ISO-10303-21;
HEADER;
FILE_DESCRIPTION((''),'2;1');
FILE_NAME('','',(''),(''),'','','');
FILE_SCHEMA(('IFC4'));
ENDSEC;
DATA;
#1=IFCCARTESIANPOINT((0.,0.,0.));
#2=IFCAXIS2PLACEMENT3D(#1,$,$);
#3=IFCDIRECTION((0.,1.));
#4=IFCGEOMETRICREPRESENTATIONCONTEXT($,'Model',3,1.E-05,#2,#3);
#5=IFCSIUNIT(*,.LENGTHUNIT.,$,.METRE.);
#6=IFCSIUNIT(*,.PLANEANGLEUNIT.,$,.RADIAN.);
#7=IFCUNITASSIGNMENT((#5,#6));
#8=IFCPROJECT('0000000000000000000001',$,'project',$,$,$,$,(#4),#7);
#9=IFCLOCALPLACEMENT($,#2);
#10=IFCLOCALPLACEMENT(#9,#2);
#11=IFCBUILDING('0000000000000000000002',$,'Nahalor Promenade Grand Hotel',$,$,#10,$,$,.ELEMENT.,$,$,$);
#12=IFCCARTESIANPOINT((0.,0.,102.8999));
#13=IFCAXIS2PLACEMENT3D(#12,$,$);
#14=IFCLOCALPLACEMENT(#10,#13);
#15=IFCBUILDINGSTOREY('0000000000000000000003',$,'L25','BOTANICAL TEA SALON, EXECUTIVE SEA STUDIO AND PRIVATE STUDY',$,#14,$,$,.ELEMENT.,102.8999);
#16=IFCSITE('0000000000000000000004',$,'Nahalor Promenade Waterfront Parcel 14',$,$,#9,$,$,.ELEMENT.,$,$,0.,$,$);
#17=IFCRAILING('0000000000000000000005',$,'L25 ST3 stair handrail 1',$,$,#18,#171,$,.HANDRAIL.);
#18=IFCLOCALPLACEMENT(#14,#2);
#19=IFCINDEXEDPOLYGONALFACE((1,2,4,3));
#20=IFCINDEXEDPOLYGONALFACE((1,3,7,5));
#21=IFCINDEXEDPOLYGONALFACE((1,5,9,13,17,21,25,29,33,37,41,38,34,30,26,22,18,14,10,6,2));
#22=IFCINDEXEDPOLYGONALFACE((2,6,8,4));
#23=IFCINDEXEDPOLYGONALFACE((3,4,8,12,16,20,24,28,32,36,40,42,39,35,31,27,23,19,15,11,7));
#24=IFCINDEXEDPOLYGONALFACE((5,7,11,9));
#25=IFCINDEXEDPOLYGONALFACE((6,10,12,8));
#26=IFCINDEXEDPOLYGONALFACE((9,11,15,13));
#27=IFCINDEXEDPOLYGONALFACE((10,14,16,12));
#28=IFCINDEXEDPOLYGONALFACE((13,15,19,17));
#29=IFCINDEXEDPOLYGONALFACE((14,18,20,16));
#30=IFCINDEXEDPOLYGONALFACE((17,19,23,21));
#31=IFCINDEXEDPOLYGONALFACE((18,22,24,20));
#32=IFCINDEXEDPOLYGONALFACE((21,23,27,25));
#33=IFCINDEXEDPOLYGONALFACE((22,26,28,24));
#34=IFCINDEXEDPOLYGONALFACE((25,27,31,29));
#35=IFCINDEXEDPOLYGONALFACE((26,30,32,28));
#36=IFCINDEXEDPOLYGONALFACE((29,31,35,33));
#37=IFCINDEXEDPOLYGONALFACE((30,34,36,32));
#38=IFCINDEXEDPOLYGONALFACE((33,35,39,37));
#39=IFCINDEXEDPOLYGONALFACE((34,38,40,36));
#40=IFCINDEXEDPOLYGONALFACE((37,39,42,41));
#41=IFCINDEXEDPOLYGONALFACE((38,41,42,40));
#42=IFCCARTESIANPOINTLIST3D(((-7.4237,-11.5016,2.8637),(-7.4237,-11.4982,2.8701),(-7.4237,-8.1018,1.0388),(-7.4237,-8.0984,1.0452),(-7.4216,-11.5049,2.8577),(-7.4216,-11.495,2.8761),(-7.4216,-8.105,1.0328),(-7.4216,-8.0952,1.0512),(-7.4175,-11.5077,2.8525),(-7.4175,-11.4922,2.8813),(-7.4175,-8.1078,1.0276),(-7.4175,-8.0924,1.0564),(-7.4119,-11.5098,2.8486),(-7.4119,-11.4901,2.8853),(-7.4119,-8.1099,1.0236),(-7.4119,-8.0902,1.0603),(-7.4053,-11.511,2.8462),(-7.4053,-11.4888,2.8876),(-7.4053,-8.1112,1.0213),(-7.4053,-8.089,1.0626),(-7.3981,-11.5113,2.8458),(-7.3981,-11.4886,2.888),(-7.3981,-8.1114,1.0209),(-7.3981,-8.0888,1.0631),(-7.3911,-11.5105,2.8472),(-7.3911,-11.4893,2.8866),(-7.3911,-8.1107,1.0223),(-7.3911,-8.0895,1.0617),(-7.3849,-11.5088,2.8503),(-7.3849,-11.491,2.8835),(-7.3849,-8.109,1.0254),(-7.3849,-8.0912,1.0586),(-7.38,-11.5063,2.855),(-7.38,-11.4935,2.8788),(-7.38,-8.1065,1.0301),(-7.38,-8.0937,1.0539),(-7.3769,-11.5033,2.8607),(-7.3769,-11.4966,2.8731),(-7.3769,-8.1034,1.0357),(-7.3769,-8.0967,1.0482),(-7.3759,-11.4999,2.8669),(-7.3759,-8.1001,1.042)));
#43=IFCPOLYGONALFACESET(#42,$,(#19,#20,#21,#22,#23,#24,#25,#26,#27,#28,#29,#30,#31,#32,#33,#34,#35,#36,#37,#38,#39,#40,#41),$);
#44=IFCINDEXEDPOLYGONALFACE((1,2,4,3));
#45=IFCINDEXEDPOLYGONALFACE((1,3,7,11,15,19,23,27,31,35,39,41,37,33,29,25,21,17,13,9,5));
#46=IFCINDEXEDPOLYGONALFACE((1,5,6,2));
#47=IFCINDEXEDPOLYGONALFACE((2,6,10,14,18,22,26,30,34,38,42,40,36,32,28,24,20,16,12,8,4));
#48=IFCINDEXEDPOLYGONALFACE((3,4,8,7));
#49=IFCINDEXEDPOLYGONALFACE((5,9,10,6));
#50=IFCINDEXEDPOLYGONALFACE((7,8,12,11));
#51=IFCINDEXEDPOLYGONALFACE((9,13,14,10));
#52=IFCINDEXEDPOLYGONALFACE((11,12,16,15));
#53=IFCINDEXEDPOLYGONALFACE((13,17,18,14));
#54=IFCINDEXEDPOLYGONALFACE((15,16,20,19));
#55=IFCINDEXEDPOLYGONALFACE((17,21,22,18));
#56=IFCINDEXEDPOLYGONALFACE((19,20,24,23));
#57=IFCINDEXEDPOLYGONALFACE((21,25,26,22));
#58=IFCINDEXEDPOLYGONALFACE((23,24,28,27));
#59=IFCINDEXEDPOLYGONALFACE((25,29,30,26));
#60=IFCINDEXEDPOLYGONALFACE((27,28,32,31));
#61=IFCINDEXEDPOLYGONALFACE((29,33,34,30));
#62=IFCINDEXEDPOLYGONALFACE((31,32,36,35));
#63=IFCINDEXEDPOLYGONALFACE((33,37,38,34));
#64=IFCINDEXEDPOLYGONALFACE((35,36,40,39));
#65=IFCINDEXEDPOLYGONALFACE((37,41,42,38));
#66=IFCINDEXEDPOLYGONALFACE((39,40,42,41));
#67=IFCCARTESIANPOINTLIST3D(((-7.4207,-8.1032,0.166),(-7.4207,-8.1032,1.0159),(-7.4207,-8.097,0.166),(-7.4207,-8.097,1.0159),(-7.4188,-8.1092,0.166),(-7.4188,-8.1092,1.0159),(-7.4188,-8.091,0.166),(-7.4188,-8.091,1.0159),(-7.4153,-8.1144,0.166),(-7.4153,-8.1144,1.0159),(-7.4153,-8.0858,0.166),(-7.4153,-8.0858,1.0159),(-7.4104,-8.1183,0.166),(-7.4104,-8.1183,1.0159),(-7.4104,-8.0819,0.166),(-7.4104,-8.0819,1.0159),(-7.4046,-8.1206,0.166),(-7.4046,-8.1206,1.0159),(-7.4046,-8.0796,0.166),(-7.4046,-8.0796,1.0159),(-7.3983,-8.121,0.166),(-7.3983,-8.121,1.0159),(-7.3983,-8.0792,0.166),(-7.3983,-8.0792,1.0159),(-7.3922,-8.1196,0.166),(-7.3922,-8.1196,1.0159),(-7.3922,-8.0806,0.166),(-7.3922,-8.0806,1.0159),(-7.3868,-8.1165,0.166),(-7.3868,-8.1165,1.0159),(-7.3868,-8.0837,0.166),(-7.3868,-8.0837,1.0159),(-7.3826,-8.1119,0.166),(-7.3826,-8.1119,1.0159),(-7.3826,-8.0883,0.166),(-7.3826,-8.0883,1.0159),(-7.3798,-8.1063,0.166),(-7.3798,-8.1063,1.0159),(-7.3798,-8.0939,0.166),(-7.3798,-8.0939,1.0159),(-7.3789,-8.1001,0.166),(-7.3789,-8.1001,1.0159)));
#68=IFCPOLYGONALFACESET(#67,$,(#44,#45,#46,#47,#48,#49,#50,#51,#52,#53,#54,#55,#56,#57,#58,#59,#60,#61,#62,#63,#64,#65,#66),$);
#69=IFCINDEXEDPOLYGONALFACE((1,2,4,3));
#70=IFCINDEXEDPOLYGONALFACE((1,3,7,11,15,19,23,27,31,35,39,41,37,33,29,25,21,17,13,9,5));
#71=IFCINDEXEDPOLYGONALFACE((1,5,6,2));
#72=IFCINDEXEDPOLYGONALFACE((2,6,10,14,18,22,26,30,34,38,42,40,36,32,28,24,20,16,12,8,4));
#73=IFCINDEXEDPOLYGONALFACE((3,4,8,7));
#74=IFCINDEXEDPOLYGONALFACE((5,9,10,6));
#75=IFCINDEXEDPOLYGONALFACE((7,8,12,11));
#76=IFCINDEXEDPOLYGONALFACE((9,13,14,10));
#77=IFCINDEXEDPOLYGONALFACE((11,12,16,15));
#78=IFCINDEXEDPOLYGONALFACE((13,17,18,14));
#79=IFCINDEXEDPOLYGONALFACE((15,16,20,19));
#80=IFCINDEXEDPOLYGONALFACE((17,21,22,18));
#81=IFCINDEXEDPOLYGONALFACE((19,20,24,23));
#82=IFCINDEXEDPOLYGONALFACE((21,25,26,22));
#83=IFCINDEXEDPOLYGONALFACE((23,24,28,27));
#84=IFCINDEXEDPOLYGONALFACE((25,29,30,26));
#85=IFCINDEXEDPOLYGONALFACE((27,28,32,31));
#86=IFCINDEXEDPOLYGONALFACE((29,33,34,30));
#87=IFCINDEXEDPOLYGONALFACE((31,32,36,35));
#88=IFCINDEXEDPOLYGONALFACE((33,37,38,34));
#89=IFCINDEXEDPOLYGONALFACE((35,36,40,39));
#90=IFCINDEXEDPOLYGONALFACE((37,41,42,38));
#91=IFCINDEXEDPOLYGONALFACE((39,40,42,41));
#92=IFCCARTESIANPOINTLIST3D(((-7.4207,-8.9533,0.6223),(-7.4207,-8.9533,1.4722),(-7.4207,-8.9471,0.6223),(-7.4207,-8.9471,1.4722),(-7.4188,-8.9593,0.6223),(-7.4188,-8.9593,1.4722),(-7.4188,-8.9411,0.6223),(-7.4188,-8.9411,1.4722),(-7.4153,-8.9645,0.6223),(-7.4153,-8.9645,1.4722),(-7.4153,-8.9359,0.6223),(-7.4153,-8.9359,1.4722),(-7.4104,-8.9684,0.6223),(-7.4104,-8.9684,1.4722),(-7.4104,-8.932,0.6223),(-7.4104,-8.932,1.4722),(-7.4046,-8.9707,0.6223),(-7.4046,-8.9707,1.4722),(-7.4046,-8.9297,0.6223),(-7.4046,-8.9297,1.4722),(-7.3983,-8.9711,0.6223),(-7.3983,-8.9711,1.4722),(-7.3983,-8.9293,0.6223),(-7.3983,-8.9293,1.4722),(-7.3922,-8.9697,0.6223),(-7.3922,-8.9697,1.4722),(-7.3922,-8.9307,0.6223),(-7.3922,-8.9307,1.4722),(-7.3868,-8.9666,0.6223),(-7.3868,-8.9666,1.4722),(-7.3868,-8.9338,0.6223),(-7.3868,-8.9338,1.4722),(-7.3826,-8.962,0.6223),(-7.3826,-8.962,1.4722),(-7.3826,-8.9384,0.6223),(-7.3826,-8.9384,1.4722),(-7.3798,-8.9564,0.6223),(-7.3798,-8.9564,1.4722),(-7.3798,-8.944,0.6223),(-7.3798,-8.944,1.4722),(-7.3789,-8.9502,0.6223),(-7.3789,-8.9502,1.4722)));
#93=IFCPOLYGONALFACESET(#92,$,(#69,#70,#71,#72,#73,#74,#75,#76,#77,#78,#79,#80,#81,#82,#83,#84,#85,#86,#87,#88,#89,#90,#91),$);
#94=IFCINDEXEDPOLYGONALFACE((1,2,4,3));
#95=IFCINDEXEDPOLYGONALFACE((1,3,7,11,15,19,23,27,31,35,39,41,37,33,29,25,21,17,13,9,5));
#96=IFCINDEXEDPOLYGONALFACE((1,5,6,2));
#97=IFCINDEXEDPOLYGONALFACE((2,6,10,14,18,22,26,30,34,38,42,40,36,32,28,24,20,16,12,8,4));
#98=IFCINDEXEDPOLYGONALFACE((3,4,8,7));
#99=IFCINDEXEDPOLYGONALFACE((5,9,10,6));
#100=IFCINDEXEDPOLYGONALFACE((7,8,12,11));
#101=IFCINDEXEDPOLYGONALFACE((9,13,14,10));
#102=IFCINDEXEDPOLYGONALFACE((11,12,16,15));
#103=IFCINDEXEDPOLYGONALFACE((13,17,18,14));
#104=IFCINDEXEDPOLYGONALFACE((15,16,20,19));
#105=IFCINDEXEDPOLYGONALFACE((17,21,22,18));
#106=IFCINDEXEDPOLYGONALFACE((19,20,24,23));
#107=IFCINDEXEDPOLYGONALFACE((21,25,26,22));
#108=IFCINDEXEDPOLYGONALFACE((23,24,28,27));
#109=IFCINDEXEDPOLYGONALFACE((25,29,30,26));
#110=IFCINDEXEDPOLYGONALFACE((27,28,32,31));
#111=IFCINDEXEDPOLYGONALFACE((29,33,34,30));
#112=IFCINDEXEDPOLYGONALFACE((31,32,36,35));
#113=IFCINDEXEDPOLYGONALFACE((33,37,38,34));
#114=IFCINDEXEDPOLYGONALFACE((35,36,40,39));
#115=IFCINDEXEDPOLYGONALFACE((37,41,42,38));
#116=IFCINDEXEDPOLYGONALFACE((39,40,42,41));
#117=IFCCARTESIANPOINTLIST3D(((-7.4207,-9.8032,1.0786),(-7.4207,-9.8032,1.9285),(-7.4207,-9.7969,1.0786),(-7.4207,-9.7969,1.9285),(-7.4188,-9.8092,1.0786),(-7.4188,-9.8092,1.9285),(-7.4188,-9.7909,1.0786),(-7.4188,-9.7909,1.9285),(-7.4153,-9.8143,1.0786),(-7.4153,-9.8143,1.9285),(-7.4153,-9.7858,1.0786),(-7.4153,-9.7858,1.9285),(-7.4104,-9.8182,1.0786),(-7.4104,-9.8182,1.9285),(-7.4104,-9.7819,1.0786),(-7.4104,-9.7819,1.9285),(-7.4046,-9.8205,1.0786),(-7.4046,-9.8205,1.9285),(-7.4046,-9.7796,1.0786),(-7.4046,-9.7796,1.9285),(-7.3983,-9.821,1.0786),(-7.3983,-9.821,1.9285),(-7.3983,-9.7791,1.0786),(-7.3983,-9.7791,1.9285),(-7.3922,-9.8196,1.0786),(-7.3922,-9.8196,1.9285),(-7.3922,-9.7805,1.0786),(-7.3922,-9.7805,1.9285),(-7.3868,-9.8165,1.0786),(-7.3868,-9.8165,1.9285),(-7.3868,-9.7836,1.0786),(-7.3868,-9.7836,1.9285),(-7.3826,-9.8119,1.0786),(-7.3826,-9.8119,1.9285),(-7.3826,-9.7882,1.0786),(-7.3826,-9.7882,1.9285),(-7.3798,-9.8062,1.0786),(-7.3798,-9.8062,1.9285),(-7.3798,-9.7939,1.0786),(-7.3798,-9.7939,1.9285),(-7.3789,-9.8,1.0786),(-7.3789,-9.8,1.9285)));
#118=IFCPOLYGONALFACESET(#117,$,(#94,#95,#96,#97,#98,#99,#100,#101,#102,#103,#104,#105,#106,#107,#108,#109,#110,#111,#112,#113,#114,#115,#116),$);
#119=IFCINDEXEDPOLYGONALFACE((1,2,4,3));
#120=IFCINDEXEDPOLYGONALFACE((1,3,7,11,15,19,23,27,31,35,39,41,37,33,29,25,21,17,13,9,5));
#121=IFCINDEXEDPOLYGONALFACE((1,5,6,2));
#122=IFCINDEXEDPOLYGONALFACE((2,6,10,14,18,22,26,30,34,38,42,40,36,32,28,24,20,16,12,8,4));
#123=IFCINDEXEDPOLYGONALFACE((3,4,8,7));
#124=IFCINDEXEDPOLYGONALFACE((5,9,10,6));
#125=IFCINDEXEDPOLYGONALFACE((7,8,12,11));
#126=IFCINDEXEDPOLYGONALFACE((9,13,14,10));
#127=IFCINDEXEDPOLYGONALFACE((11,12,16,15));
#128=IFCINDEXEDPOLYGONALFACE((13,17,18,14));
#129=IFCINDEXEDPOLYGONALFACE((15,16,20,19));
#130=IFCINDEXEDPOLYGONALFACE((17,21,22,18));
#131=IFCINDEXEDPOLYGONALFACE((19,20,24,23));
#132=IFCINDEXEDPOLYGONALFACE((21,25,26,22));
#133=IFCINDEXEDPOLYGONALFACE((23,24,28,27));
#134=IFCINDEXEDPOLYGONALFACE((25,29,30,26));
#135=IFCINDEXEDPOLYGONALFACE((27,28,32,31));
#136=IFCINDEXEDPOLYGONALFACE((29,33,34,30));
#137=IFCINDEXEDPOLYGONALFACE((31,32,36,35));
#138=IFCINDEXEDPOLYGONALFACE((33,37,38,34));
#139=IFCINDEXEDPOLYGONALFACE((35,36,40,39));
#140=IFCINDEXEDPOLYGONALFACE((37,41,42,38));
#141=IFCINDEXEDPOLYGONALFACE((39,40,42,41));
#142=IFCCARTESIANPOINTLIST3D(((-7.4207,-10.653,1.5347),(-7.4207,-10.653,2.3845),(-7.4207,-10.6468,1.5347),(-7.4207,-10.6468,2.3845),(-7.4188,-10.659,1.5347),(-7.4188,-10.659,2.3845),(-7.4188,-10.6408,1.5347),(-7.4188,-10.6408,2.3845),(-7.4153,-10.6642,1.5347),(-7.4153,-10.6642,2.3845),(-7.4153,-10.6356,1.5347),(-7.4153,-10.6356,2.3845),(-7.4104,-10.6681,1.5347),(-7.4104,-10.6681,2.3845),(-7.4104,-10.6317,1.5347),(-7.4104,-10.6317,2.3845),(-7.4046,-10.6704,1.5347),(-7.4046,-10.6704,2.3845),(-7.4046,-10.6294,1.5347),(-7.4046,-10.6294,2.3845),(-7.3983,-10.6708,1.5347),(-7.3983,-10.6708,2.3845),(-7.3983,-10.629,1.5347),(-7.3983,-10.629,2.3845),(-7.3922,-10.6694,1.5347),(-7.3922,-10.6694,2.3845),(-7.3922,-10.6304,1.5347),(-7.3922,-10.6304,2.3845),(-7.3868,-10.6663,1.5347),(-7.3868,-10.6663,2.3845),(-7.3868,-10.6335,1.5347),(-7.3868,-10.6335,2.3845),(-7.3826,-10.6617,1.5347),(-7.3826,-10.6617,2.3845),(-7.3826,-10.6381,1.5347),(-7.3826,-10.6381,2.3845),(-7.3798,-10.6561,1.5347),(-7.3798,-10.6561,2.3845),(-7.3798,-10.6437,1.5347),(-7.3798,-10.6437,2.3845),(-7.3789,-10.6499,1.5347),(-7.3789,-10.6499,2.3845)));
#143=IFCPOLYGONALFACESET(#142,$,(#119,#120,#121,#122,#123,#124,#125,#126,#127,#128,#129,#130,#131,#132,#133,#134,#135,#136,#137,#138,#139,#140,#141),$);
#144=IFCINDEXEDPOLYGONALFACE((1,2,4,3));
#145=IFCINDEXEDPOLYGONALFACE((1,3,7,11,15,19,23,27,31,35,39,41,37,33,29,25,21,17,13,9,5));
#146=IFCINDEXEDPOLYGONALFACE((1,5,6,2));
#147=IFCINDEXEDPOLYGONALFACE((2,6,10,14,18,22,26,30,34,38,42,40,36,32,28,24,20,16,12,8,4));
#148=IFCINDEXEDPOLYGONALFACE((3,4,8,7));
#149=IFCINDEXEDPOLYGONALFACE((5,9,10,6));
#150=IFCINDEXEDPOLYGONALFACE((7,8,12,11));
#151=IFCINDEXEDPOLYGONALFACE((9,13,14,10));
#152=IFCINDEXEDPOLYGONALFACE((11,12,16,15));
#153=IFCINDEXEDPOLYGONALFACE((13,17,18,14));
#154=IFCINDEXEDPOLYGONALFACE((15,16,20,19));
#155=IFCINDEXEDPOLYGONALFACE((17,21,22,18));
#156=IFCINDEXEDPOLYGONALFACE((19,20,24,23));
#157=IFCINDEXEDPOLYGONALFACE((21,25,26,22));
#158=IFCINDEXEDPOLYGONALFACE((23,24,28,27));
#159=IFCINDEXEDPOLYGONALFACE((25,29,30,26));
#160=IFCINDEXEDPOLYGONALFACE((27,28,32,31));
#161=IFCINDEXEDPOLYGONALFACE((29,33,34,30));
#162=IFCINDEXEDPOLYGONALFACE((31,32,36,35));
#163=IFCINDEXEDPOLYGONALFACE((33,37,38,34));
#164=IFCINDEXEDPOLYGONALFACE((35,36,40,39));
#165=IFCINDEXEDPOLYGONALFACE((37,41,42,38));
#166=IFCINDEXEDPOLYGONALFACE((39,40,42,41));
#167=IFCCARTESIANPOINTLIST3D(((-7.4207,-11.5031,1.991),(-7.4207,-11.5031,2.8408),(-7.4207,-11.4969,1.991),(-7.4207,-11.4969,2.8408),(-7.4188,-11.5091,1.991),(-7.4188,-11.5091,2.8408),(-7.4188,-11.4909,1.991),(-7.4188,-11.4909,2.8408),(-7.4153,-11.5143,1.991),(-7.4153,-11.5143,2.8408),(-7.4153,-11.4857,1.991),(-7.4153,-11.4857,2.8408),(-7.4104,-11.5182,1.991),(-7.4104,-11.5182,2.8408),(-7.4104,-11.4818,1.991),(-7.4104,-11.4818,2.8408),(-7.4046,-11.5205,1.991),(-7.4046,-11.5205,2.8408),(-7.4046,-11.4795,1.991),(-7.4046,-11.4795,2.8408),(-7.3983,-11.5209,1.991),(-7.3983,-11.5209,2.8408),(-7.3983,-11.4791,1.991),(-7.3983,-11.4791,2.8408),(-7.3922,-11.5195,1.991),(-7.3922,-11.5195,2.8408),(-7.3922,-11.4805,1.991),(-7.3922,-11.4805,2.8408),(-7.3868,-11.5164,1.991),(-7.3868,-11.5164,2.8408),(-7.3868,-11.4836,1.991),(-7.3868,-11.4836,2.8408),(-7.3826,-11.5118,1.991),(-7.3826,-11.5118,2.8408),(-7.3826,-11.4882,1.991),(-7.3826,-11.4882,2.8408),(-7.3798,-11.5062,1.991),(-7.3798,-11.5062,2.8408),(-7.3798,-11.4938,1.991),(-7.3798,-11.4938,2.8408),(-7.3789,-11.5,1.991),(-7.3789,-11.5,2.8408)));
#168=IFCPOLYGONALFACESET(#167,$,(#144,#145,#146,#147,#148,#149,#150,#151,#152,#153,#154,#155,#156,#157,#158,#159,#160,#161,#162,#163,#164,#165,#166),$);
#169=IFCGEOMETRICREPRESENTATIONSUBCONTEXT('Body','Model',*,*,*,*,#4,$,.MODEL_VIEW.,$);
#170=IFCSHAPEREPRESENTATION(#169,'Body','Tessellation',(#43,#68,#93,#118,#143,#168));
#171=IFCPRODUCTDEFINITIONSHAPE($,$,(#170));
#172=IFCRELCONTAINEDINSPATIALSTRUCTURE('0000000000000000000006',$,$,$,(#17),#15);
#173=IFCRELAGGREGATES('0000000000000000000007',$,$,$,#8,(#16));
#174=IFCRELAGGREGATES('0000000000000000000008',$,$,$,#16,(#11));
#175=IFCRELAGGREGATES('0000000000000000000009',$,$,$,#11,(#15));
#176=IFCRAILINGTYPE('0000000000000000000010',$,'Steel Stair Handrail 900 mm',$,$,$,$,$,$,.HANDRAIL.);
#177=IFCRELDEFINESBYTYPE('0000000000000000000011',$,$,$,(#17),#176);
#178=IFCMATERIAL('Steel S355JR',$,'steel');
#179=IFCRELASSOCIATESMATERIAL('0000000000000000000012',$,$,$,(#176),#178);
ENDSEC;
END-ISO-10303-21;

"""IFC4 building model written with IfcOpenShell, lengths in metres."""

from ifc_helpers import new_model, si_unit, direction, frame, origin, origin_2d, place, context, subcontext, project, spatial, circle, extrude, material, type_object, element, save


model = new_model("IFC4")

# Units and contexts
model_context = context("Model", 3, precision=1e-05, world=origin(), true_north=direction((0.0, 1.0)))
body_context = subcontext(model_context, "Body", "Model", "MODEL_VIEW")
ifc_project = project(units=[si_unit("LENGTHUNIT", "METRE"), si_unit("PLANEANGLEUNIT", "RADIAN")], contexts=[model_context])

# Site, building, storey
site_placement = place(None, origin())
site = spatial("IfcSite", under=ifc_project, at=site_placement, Name="Nahalor Promenade Waterfront Parcel 14", CompositionType="ELEMENT", RefElevation=0.0)
building_placement = place(site_placement, origin())
building = spatial("IfcBuilding", under=site, at=building_placement, Name="Nahalor Promenade Grand Hotel", CompositionType="ELEMENT")
storey_placement = place(building_placement, frame((0.0, 0.0, 102.8999)))
storey = spatial("IfcBuildingStorey", under=building, at=storey_placement, Name="L25", Description="BOTANICAL TEA SALON, EXECUTIVE SEA STUDIO AND PRIVATE STUDY", CompositionType="ELEMENT", Elevation=102.8999)

# Shared definitions
ifc_material_1 = material(Name="Steel S355JR", Category="steel")

# Railing
railing_type_1 = type_object("IfcRailingType", Name="Steel Stair Handrail 900 mm", PredefinedType="HANDRAIL", material=ifc_material_1)
railing_1_placement = place(storey_placement, frame((-7.3999, -8.1001, 0.166)))
element("IfcRailing", 1, at=railing_1_placement, inside=storey, type_object=railing_type_1, Name="L25 ST3 stair handrail 1", PredefinedType="HANDRAIL", context=body_context, shape_type="SweptSolid", body=[
    extrude(circle(Radius=0.024, at=origin_2d()), frame((0.0, 0.0, 0.876), z_axis=(0.0, -0.881094, 0.472941), x_axis=(1.0, 0.0, 0.0)), (0.0, 0.0, 1.0), 3.8586),
    extrude(circle(Radius=0.021, at=origin_2d()), origin(), (0.0, 0.0, 1.0), 0.8499),
    extrude(circle(Radius=0.021, at=origin_2d()), frame((0.0, -0.8501, 0.4563)), (0.0, 0.0, 1.0), 0.8499),
    extrude(circle(Radius=0.021, at=origin_2d()), frame((0.0, -1.7, 0.9126)), (0.0, 0.0, 1.0), 0.8499),
    extrude(circle(Radius=0.021, at=origin_2d()), frame((0.0, -2.5498, 1.3687)), (0.0, 0.0, 1.0), 0.8499),
    extrude(circle(Radius=0.021, at=origin_2d()), frame((0.0, -3.3999, 1.825)), (0.0, 0.0, 1.0), 0.8499),
])

save(model, "model.ifc")
